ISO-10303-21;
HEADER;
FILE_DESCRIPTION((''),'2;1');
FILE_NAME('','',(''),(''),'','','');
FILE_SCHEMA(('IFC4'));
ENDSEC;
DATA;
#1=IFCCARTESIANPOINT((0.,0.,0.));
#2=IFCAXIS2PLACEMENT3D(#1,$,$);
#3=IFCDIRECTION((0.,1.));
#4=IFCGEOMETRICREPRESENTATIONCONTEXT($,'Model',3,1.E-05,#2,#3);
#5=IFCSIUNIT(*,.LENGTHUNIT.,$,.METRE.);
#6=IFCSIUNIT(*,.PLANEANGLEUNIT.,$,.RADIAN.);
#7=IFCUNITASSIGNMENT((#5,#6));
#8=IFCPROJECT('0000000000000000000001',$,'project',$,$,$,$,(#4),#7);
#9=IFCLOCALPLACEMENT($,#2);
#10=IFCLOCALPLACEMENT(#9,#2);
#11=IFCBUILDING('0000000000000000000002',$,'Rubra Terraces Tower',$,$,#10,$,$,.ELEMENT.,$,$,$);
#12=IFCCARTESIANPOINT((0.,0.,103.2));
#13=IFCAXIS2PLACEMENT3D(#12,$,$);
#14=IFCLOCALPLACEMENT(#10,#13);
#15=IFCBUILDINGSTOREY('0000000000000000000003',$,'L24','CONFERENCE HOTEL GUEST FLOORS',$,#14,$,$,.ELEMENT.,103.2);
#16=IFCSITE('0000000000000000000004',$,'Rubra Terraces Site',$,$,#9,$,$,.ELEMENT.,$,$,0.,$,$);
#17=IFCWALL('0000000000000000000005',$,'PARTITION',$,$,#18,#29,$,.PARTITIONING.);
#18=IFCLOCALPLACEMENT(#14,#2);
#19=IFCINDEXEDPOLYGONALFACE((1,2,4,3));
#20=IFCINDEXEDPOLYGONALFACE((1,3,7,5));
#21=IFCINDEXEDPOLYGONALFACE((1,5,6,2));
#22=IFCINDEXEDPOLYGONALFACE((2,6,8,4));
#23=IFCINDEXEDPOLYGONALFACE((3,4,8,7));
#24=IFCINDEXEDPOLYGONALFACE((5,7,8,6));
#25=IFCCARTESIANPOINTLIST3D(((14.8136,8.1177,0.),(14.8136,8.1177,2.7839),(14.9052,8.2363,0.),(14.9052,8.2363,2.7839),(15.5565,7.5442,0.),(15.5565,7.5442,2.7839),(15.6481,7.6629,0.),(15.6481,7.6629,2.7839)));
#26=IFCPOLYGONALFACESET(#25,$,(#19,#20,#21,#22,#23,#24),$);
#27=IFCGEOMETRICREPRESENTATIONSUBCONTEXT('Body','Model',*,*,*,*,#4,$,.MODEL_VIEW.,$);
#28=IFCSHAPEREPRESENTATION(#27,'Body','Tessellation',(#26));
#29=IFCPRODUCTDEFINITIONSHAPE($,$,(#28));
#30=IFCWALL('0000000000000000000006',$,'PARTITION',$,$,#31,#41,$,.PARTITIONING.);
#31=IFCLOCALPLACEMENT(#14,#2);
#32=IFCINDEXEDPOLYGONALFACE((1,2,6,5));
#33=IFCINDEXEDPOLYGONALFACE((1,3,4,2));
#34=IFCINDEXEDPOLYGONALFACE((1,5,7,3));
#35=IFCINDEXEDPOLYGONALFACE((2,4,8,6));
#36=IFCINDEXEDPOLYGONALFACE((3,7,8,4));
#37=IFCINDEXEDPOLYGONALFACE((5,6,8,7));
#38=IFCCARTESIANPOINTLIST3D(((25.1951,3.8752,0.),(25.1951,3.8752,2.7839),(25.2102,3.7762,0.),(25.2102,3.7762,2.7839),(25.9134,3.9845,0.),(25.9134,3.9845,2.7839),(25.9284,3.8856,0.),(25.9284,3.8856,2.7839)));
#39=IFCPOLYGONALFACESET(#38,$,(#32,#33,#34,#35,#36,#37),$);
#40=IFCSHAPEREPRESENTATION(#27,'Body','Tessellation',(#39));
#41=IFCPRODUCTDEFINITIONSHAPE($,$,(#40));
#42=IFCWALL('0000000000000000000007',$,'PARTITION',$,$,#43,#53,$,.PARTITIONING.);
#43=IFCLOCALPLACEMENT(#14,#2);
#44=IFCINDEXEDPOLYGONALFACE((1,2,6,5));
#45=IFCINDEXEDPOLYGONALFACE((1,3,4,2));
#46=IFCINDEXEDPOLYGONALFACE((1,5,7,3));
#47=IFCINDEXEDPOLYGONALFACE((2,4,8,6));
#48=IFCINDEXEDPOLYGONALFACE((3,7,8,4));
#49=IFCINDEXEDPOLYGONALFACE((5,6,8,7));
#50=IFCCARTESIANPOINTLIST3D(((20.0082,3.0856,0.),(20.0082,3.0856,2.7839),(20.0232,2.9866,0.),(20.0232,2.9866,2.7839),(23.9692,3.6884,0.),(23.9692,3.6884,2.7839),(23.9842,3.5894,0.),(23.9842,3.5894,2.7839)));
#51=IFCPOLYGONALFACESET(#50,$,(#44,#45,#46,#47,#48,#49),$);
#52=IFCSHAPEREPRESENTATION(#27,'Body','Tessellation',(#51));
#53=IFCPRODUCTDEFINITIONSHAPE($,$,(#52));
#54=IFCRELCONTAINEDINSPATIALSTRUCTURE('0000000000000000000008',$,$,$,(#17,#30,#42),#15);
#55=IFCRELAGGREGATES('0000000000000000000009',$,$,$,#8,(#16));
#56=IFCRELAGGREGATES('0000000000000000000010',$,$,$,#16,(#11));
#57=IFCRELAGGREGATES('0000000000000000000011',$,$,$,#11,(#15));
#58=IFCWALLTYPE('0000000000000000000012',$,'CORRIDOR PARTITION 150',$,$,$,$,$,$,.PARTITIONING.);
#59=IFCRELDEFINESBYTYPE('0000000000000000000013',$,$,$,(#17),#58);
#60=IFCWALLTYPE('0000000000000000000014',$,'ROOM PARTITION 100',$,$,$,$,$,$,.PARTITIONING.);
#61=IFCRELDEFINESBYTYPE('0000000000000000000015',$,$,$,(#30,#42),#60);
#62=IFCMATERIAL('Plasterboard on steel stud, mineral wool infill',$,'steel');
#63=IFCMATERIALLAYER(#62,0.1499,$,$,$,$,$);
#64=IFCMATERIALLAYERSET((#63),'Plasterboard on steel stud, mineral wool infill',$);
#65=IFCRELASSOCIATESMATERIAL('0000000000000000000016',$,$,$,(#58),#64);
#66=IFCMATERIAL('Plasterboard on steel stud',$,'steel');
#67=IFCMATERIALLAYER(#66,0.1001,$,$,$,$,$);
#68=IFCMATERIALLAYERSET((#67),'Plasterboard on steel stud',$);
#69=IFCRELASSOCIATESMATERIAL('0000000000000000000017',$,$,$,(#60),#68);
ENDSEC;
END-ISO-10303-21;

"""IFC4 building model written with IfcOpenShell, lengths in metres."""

from ifc_helpers import new_model, si_unit, direction, frame, frame_2d, origin, place, context, subcontext, project, spatial, rectangle, extrude, material, layer, layer_set, type_object, element, save


model = new_model("IFC4")

# Units and contexts
model_context = context("Model", 3, precision=1e-05, world=origin(), true_north=direction((0.0, 1.0)))
body_context = subcontext(model_context, "Body", "Model", "MODEL_VIEW")
ifc_project = project(units=[si_unit("LENGTHUNIT", "METRE"), si_unit("PLANEANGLEUNIT", "RADIAN")], contexts=[model_context])

# Site, building, storey
site_placement = place(None, origin())
site = spatial("IfcSite", under=ifc_project, at=site_placement, Name="Rubra Terraces Site", CompositionType="ELEMENT", RefElevation=0.0)
building_placement = place(site_placement, origin())
building = spatial("IfcBuilding", under=site, at=building_placement, Name="Rubra Terraces Tower", CompositionType="ELEMENT")
storey_placement = place(building_placement, frame((0.0, 0.0, 103.2)))
storey = spatial("IfcBuildingStorey", under=building, at=storey_placement, Name="L24", Description="CONFERENCE HOTEL GUEST FLOORS", CompositionType="ELEMENT", Elevation=103.2)

# Shared definitions
ifc_material_1 = material(Name="Plasterboard on steel stud, mineral wool infill", Category="steel")
ifc_layer_1 = layer(ifc_material_1, 0.1499)
ifc_layer_set_1 = layer_set([ifc_layer_1], Name="Plasterboard on steel stud, mineral wool infill")
wall_type_1 = type_object("IfcWallType", Name="CORRIDOR PARTITION 150", PredefinedType="PARTITIONING", material=ifc_layer_set_1)

# Wall
wall_1_placement = place(storey_placement, frame((14.8594, 8.177, 0.0), z_axis=(0.0, 0.0, 1.0), x_axis=(0.791588, -0.611055, 0.0)))
element("IfcWall", 1, at=wall_1_placement, inside=storey, type_object=wall_type_1, Name="PARTITION", PredefinedType="PARTITIONING", context=body_context, shape_type="SweptSolid", body=[
    extrude(rectangle(XDim=0.9385, YDim=0.1499, at=frame_2d((0.4692, 0.0))), origin(), (0.0, 0.0, 1.0), 2.7839),
])

# Walls
ifc_material_2 = material(Name="Plasterboard on steel stud", Category="steel")
ifc_layer_2 = layer(ifc_material_2, 0.1001)
ifc_layer_set_2 = layer_set([ifc_layer_2], Name="Plasterboard on steel stud")
wall_type_2 = type_object("IfcWallType", Name="ROOM PARTITION 100", PredefinedType="PARTITIONING", material=ifc_layer_set_2)
wall_2_placement = place(storey_placement, frame((25.9209, 3.9351, 0.0), z_axis=(0.0, 0.0, 1.0), x_axis=(-0.988604, -0.150542, 0.0)))
element("IfcWall", 2, at=wall_2_placement, inside=storey, type_object=wall_type_2, Name="PARTITION", PredefinedType="PARTITIONING", context=body_context, shape_type="SweptSolid", body=[
    extrude(rectangle(XDim=0.7266, YDim=0.1001, at=frame_2d((0.3633, 0.0))), origin(), (0.0, 0.0, 1.0), 2.7839),
])
wall_3_placement = place(storey_placement, frame((23.9768, 3.6389, 0.0), z_axis=(0.0, 0.0, 1.0), x_axis=(-0.988618, -0.15045, 0.0)))
element("IfcWall", 3, at=wall_3_placement, inside=storey, type_object=wall_type_2, Name="PARTITION", PredefinedType="PARTITIONING", context=body_context, shape_type="SweptSolid", body=[
    extrude(rectangle(XDim=4.0066, YDim=0.1001, at=frame_2d((2.0034, 0.0))), origin(), (0.0, 0.0, 1.0), 2.7839),
])

save(model, "model.ifc")
